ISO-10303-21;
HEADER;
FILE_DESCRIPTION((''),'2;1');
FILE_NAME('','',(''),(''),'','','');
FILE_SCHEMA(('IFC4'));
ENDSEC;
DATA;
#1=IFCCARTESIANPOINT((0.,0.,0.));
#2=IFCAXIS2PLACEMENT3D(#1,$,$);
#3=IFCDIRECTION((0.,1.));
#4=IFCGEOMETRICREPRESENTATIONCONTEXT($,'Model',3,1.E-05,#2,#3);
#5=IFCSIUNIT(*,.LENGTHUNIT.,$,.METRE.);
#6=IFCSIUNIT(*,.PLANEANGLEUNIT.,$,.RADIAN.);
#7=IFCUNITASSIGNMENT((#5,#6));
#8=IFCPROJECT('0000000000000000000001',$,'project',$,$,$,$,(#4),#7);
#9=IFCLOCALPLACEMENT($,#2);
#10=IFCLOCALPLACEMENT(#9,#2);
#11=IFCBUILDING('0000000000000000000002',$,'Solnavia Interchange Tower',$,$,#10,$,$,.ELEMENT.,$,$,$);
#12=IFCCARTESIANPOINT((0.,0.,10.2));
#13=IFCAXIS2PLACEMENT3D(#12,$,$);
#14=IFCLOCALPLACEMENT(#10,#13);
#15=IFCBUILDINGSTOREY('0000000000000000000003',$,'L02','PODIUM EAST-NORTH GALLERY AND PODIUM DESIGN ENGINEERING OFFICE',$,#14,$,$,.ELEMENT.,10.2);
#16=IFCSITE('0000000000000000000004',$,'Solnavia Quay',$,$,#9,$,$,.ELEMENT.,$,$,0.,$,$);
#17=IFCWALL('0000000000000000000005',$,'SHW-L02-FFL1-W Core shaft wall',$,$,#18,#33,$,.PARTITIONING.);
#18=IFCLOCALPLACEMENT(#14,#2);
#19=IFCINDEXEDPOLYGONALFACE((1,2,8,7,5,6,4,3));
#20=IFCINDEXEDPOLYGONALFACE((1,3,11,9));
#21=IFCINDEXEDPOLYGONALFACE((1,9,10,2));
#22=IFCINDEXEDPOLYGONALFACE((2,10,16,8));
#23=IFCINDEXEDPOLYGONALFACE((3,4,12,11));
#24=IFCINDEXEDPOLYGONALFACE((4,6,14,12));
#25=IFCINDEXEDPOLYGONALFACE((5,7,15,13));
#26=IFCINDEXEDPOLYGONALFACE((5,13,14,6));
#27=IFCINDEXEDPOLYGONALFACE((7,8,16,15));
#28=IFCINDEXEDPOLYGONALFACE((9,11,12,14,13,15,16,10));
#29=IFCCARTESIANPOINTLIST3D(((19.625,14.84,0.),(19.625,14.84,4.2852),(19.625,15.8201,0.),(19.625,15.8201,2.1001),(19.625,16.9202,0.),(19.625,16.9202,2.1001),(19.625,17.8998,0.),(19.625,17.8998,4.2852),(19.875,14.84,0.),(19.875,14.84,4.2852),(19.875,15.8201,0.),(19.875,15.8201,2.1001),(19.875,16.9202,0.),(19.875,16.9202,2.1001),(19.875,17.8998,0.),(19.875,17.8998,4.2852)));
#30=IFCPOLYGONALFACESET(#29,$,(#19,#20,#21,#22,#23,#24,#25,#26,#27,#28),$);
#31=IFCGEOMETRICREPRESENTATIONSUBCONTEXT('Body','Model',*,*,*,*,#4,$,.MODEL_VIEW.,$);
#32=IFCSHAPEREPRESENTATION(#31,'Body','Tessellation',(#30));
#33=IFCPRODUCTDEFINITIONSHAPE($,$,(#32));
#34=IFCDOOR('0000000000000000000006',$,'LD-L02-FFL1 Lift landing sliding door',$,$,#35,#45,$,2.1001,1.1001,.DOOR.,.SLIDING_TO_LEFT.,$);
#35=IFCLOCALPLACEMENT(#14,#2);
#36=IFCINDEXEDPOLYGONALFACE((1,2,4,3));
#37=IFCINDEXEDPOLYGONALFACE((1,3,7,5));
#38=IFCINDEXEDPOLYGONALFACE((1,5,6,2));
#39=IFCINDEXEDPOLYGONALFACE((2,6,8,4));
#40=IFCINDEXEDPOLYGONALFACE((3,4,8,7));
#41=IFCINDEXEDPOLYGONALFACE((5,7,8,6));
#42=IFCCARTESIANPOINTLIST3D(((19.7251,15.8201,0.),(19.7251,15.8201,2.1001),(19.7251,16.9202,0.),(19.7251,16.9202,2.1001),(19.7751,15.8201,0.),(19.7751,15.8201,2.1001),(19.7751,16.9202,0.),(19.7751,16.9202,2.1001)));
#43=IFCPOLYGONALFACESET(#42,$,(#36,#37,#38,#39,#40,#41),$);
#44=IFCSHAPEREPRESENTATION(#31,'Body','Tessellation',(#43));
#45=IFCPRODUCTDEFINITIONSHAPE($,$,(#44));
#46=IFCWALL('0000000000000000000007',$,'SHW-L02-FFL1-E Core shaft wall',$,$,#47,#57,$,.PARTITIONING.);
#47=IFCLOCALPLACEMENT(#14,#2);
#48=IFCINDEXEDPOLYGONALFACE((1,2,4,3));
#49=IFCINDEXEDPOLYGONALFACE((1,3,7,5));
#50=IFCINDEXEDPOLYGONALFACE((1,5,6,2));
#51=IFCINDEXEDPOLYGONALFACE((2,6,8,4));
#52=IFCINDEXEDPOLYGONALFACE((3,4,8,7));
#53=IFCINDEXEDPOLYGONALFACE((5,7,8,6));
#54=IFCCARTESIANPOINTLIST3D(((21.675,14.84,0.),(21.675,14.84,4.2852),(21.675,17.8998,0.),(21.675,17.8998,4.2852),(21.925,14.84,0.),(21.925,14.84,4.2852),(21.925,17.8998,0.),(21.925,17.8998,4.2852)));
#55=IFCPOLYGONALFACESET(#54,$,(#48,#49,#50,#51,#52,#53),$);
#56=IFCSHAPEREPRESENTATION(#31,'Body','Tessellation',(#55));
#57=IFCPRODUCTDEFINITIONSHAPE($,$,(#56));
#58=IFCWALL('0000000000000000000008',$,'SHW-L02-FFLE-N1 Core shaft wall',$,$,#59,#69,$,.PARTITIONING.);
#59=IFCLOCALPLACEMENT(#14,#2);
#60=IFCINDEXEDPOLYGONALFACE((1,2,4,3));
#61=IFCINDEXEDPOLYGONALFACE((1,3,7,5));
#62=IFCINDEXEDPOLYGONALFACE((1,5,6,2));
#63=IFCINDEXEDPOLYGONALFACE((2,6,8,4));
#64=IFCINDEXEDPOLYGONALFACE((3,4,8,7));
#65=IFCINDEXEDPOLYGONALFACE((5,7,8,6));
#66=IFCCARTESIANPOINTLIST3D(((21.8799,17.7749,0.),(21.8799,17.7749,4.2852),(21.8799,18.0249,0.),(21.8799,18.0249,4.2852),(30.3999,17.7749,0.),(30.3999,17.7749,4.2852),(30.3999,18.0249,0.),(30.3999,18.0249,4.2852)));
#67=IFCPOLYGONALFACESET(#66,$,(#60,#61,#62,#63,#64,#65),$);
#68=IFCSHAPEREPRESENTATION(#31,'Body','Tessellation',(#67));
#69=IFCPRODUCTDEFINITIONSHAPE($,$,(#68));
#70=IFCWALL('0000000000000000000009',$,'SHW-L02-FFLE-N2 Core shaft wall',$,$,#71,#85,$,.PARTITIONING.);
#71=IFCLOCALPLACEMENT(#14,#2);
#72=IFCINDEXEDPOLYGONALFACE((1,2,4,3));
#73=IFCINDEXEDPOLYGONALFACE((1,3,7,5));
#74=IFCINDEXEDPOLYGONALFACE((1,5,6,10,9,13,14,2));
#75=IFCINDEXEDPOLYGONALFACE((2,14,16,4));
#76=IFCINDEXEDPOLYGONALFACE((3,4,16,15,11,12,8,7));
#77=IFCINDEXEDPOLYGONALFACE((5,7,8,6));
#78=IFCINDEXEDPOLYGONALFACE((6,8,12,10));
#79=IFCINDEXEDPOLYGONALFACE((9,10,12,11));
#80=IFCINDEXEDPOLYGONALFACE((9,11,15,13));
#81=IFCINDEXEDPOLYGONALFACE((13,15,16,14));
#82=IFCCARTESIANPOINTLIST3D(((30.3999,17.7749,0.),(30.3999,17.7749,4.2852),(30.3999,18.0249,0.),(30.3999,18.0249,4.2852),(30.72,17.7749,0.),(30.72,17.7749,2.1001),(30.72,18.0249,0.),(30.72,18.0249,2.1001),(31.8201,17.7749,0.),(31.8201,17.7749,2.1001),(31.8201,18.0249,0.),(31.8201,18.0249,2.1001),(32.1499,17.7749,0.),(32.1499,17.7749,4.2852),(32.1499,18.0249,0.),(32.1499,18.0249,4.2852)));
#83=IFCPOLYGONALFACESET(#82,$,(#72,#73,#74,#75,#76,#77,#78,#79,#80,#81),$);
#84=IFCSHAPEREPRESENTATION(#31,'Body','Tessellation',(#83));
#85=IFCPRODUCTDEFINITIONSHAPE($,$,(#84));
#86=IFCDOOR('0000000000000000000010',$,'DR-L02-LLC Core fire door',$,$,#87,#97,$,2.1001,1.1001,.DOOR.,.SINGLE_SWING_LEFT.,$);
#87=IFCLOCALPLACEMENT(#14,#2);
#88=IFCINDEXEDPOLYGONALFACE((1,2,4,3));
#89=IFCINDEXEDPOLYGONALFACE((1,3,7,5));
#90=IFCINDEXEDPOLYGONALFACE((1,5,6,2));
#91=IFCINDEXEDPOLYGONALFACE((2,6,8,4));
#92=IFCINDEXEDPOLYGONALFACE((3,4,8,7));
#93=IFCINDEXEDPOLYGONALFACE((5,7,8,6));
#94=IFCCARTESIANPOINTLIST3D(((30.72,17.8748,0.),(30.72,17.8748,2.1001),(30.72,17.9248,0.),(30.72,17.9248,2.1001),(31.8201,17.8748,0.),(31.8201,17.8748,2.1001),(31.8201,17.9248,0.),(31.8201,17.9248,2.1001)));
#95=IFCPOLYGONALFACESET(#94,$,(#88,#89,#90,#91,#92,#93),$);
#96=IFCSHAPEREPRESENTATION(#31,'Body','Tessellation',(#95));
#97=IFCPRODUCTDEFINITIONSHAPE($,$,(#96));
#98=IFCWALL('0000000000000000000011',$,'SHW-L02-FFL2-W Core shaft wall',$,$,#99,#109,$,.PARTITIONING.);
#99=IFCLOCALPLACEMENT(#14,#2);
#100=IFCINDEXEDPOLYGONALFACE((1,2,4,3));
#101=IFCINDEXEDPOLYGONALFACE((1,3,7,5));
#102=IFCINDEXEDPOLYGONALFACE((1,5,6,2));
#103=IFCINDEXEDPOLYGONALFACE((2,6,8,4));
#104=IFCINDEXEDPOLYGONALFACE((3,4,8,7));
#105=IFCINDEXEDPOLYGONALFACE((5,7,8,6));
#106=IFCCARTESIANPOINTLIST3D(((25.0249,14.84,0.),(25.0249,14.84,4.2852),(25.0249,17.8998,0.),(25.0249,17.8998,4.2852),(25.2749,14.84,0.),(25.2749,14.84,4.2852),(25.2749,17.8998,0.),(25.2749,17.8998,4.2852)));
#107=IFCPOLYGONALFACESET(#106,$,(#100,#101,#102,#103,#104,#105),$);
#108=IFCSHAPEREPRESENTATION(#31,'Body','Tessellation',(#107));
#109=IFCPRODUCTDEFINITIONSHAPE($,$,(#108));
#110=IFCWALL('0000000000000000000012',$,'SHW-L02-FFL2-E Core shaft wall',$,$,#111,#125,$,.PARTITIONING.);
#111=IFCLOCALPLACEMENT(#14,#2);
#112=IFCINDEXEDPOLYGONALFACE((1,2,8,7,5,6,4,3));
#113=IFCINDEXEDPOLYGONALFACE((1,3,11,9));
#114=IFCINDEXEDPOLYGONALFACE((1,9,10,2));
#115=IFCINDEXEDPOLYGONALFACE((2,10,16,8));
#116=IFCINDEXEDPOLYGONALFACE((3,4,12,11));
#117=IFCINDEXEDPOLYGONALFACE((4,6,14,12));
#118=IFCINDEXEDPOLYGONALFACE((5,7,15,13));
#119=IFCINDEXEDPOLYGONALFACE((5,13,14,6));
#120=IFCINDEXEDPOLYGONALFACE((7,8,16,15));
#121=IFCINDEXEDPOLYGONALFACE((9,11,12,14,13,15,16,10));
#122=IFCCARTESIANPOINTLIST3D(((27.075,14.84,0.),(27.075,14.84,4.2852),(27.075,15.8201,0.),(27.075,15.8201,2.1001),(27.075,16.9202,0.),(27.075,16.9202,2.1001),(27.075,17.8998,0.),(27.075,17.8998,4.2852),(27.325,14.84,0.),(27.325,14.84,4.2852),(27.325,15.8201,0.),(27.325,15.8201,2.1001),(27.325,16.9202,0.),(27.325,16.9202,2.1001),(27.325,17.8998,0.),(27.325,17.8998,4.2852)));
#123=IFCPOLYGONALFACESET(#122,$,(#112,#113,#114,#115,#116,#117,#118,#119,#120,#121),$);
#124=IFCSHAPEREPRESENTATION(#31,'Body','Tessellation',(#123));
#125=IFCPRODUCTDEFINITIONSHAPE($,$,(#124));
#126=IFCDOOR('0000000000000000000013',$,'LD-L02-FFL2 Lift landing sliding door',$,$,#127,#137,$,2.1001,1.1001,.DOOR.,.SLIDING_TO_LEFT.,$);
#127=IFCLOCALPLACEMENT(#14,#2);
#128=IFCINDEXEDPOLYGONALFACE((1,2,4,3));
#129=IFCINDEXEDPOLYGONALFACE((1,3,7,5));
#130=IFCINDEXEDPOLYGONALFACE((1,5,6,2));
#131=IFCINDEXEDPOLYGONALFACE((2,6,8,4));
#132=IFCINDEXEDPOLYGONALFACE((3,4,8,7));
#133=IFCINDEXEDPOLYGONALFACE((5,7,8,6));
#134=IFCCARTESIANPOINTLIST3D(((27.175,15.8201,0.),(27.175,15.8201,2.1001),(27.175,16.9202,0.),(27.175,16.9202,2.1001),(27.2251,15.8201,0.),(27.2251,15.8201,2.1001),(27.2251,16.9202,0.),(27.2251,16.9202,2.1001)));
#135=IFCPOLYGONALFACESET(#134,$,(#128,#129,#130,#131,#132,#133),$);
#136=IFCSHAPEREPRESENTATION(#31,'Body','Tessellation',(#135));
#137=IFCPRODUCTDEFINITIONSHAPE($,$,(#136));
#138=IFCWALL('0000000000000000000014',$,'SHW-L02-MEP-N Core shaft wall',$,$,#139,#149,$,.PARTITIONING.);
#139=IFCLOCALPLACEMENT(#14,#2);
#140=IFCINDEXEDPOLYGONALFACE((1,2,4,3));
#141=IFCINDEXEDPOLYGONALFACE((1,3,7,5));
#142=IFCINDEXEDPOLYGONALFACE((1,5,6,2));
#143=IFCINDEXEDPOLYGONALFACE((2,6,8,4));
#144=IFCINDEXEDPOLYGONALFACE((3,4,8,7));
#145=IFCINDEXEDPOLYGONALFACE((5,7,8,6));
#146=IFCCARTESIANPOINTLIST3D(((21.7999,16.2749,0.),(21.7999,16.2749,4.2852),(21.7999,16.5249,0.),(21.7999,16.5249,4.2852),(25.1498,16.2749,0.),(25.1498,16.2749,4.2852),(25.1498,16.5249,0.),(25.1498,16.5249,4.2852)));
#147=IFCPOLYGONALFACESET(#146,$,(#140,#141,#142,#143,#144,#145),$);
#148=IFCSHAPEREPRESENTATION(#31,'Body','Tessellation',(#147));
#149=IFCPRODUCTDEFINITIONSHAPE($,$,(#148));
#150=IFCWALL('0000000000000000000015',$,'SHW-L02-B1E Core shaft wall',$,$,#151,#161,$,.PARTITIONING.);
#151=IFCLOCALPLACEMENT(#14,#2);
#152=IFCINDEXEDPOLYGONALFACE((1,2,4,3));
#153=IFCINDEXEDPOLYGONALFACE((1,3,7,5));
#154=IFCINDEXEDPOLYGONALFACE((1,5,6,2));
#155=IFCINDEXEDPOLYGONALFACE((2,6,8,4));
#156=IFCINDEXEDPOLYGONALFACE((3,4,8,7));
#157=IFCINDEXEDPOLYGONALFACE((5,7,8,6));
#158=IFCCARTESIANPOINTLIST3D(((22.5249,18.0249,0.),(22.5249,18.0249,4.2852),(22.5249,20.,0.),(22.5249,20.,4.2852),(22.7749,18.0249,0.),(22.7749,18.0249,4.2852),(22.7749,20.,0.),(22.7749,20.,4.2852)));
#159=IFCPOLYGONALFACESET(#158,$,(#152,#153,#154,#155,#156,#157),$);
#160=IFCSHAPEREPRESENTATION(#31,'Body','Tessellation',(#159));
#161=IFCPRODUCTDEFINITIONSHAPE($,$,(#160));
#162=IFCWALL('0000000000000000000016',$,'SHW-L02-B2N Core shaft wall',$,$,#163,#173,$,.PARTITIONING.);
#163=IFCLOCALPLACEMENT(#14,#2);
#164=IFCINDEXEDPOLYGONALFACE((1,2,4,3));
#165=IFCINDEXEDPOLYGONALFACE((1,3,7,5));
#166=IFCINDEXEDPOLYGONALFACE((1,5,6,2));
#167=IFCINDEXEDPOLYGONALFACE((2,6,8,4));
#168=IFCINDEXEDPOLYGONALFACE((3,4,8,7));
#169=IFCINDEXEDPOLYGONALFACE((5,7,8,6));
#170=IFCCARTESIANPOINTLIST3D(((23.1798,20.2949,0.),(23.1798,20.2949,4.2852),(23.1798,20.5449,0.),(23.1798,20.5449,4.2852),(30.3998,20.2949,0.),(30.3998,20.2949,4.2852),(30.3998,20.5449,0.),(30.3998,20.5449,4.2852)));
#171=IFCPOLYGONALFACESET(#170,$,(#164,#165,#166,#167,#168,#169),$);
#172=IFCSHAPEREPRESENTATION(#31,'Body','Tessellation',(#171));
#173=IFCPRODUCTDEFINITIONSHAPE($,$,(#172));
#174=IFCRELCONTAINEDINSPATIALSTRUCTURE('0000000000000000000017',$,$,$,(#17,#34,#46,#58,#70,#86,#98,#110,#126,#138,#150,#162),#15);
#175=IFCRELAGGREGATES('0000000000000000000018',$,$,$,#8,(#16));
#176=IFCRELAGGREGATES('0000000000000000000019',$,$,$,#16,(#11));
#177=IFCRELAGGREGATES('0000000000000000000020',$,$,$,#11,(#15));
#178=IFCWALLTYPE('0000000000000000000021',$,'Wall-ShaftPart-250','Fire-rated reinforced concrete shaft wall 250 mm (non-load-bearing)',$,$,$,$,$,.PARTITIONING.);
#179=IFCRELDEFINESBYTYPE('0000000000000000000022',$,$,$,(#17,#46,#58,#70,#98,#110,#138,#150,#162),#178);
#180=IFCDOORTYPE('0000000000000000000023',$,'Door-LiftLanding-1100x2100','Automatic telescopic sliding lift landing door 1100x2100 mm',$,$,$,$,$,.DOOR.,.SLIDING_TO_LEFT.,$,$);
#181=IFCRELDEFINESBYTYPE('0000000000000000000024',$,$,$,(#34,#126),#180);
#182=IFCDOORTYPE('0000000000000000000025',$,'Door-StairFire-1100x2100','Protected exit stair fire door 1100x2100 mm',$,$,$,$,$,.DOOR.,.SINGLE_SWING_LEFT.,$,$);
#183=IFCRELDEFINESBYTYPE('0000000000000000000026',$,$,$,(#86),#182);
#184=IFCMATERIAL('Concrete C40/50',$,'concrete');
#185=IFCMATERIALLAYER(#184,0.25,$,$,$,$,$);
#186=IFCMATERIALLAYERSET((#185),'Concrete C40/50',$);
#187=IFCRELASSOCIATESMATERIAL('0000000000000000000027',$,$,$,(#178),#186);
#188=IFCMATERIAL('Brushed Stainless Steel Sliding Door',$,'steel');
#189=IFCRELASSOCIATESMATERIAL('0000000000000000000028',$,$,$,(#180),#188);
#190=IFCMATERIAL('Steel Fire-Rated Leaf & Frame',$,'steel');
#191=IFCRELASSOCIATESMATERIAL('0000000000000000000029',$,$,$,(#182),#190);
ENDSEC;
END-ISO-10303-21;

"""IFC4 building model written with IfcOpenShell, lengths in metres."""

from ifc_helpers import new_model, si_unit, direction, frame, frame_2d, origin, place, context, subcontext, project, spatial, rectangle, extrude, material, layer, layer_set, type_object, element, fill, save


model = new_model("IFC4")

# Units and contexts
model_context = context("Model", 3, precision=1e-05, world=origin(), true_north=direction((0.0, 1.0)))
body_context = subcontext(model_context, "Body", "Model", "MODEL_VIEW")
ifc_project = project(units=[si_unit("LENGTHUNIT", "METRE"), si_unit("PLANEANGLEUNIT", "RADIAN")], contexts=[model_context])

# Site, building, storey
site_placement = place(None, origin())
site = spatial("IfcSite", under=ifc_project, at=site_placement, Name="Solnavia Quay", CompositionType="ELEMENT", RefElevation=0.0)
building_placement = place(site_placement, origin())
building = spatial("IfcBuilding", under=site, at=building_placement, Name="Solnavia Interchange Tower", CompositionType="ELEMENT")
storey_placement = place(building_placement, frame((0.0, 0.0, 10.2)))
storey = spatial("IfcBuildingStorey", under=building, at=storey_placement, Name="L02", Description="PODIUM EAST-NORTH GALLERY AND PODIUM DESIGN ENGINEERING OFFICE", CompositionType="ELEMENT", Elevation=10.2)

# Shared definitions
ifc_material_1 = material(Name="Concrete C40/50", Category="concrete")

# Wall, opening, door
ifc_layer_1 = layer(ifc_material_1, 0.25)
ifc_layer_set_1 = layer_set([ifc_layer_1], Name="Concrete C40/50")
wall_type_1 = type_object("IfcWallType", Name="Wall-ShaftPart-250", Description="Fire-rated reinforced concrete shaft wall 250 mm (non-load-bearing)", PredefinedType="PARTITIONING", material=ifc_layer_set_1)
wall_1_placement = place(storey_placement, frame((19.75, 14.8401, 0.0), z_axis=(0.0, 0.0, 1.0), x_axis=(0.0, 1.0, 0.0)))
wall_1 = element("IfcWall", 1, at=wall_1_placement, inside=storey, type_object=wall_type_1, Name="SHW-L02-FFL1-W Core shaft wall", PredefinedType="PARTITIONING", context=body_context, shape_type="SweptSolid", body=[
    extrude(rectangle(XDim=3.0598, YDim=0.25, at=frame_2d((1.5298, 0.0))), origin(), (0.0, 0.0, 1.0), 4.2852),
])
opening_1_placement = place(wall_1_placement, frame((0.98, 0.0, 0.0)))
opening_1 = element("IfcOpeningElement", 2, at=opening_1_placement, cuts=wall_1, PredefinedType="OPENING", context=body_context, shape_type="SweptSolid", body=[
    extrude(rectangle(XDim=1.1001, YDim=2.1001, at=frame_2d((0.55, 1.05))), frame((0.0, 0.135, 0.0), z_axis=(0.0, -1.0, 0.0), x_axis=(1.0, 0.0, 0.0)), (0.0, 0.0, 1.0), 0.27),
])
ifc_material_2 = material(Name="Brushed Stainless Steel Sliding Door", Category="steel")
door_type_1 = type_object("IfcDoorType", Name="Door-LiftLanding-1100x2100", Description="Automatic telescopic sliding lift landing door 1100x2100 mm", OperationType="SLIDING_TO_LEFT", PredefinedType="DOOR", material=ifc_material_2)
door_1_placement = place(opening_1_placement, origin())
door_1 = element("IfcDoor", 3, at=door_1_placement, inside=storey, type_object=door_type_1, Name="LD-L02-FFL1 Lift landing sliding door", OperationType="SLIDING_TO_LEFT", OverallHeight=2.1001, OverallWidth=1.1001, PredefinedType="DOOR", context=body_context, shape_type="SweptSolid", body=[
    extrude(rectangle(XDim=1.1001, YDim=2.1001, at=frame_2d((0.55, 1.05))), frame((0.0, 0.0249, 0.0), z_axis=(0.0, -1.0, 0.0), x_axis=(1.0, 0.0, 0.0)), (0.0, 0.0, 1.0), 0.05),
])
fill(opening_1, door_1)

# Walls
wall_2_placement = place(storey_placement, frame((21.8, 14.8401, 0.0), z_axis=(0.0, 0.0, 1.0), x_axis=(0.0, 1.0, 0.0)))
element("IfcWall", 4, at=wall_2_placement, inside=storey, type_object=wall_type_1, Name="SHW-L02-FFL1-E Core shaft wall", PredefinedType="PARTITIONING", context=body_context, shape_type="SweptSolid", body=[
    extrude(rectangle(XDim=3.0598, YDim=0.25, at=frame_2d((1.5298, 0.0))), origin(), (0.0, 0.0, 1.0), 4.2852),
])
wall_3_placement = place(storey_placement, frame((21.8799, 17.8999, 0.0), z_axis=(0.0, 0.0, 1.0), x_axis=(1.0, 0.0, 0.0)))
element("IfcWall", 5, at=wall_3_placement, inside=storey, type_object=wall_type_1, Name="SHW-L02-FFLE-N1 Core shaft wall", PredefinedType="PARTITIONING", context=body_context, shape_type="SweptSolid", body=[
    extrude(rectangle(XDim=8.52, YDim=0.25, at=frame_2d((4.26, 0.0))), origin(), (0.0, 0.0, 1.0), 4.2852),
])

# Wall, opening, door
wall_4_placement = place(storey_placement, frame((30.3999, 17.8999, 0.0), z_axis=(0.0, 0.0, 1.0), x_axis=(1.0, 0.0, 0.0)))
wall_4 = element("IfcWall", 6, at=wall_4_placement, inside=storey, type_object=wall_type_1, Name="SHW-L02-FFLE-N2 Core shaft wall", PredefinedType="PARTITIONING", context=body_context, shape_type="SweptSolid", body=[
    extrude(rectangle(XDim=1.75, YDim=0.25, at=frame_2d((0.875, 0.0))), origin(), (0.0, 0.0, 1.0), 4.2852),
])
opening_2_placement = place(wall_4_placement, frame((0.3201, 0.0, 0.0)))
opening_2 = element("IfcOpeningElement", 7, at=opening_2_placement, cuts=wall_4, PredefinedType="OPENING", context=body_context, shape_type="SweptSolid", body=[
    extrude(rectangle(XDim=1.1001, YDim=2.1001, at=frame_2d((0.55, 1.05))), frame((0.0, 0.135, 0.0), z_axis=(0.0, -1.0, 0.0), x_axis=(1.0, 0.0, 0.0)), (0.0, 0.0, 1.0), 0.27),
])
ifc_material_3 = material(Name="Steel Fire-Rated Leaf & Frame", Category="steel")
door_type_2 = type_object("IfcDoorType", Name="Door-StairFire-1100x2100", Description="Protected exit stair fire door 1100x2100 mm", OperationType="SINGLE_SWING_LEFT", PredefinedType="DOOR", material=ifc_material_3)
door_2_placement = place(opening_2_placement, origin())
door_2 = element("IfcDoor", 8, at=door_2_placement, inside=storey, type_object=door_type_2, Name="DR-L02-LLC Core fire door", OperationType="SINGLE_SWING_LEFT", OverallHeight=2.1001, OverallWidth=1.1001, PredefinedType="DOOR", context=body_context, shape_type="SweptSolid", body=[
    extrude(rectangle(XDim=1.1001, YDim=2.1001, at=frame_2d((0.55, 1.05))), frame((0.0, 0.0249, 0.0), z_axis=(0.0, -1.0, 0.0), x_axis=(1.0, 0.0, 0.0)), (0.0, 0.0, 1.0), 0.05),
])
fill(opening_2, door_2)

# Wall
wall_5_placement = place(storey_placement, frame((25.1499, 14.8401, 0.0), z_axis=(0.0, 0.0, 1.0), x_axis=(0.0, 1.0, 0.0)))
element("IfcWall", 9, at=wall_5_placement, inside=storey, type_object=wall_type_1, Name="SHW-L02-FFL2-W Core shaft wall", PredefinedType="PARTITIONING", context=body_context, shape_type="SweptSolid", body=[
    extrude(rectangle(XDim=3.0598, YDim=0.25, at=frame_2d((1.5298, 0.0))), origin(), (0.0, 0.0, 1.0), 4.2852),
])

# Wall, opening, door
wall_6_placement = place(storey_placement, frame((27.2, 14.8401, 0.0), z_axis=(0.0, 0.0, 1.0), x_axis=(0.0, 1.0, 0.0)))
wall_6 = element("IfcWall", 10, at=wall_6_placement, inside=storey, type_object=wall_type_1, Name="SHW-L02-FFL2-E Core shaft wall", PredefinedType="PARTITIONING", context=body_context, shape_type="SweptSolid", body=[
    extrude(rectangle(XDim=3.0598, YDim=0.25, at=frame_2d((1.5298, 0.0))), origin(), (0.0, 0.0, 1.0), 4.2852),
])
opening_3_placement = place(wall_6_placement, frame((0.98, 0.0, 0.0)))
opening_3 = element("IfcOpeningElement", 11, at=opening_3_placement, cuts=wall_6, PredefinedType="OPENING", context=body_context, shape_type="SweptSolid", body=[
    extrude(rectangle(XDim=1.1001, YDim=2.1001, at=frame_2d((0.55, 1.05))), frame((0.0, 0.135, 0.0), z_axis=(0.0, -1.0, 0.0), x_axis=(1.0, 0.0, 0.0)), (0.0, 0.0, 1.0), 0.27),
])
door_3_placement = place(opening_3_placement, origin())
door_3 = element("IfcDoor", 12, at=door_3_placement, inside=storey, type_object=door_type_1, Name="LD-L02-FFL2 Lift landing sliding door", OperationType="SLIDING_TO_LEFT", OverallHeight=2.1001, OverallWidth=1.1001, PredefinedType="DOOR", context=body_context, shape_type="SweptSolid", body=[
    extrude(rectangle(XDim=1.1001, YDim=2.1001, at=frame_2d((0.55, 1.05))), frame((0.0, 0.0249, 0.0), z_axis=(0.0, -1.0, 0.0), x_axis=(1.0, 0.0, 0.0)), (0.0, 0.0, 1.0), 0.05),
])
fill(opening_3, door_3)

# Walls
wall_7_placement = place(storey_placement, frame((21.8, 16.3999, 0.0), z_axis=(0.0, 0.0, 1.0), x_axis=(1.0, 0.0, 0.0)))
element("IfcWall", 13, at=wall_7_placement, inside=storey, type_object=wall_type_1, Name="SHW-L02-MEP-N Core shaft wall", PredefinedType="PARTITIONING", context=body_context, shape_type="SweptSolid", body=[
    extrude(rectangle(XDim=3.3499, YDim=0.25, at=frame_2d((1.6748, 0.0))), origin(), (0.0, 0.0, 1.0), 4.2852),
])
wall_8_placement = place(storey_placement, frame((22.6499, 18.0249, 0.0), z_axis=(0.0, 0.0, 1.0), x_axis=(0.0, 1.0, 0.0)))
element("IfcWall", 14, at=wall_8_placement, inside=storey, type_object=wall_type_1, Name="SHW-L02-B1E Core shaft wall", PredefinedType="PARTITIONING", context=body_context, shape_type="SweptSolid", body=[
    extrude(rectangle(XDim=1.9751, YDim=0.25, at=frame_2d((0.9875, 0.0))), origin(), (0.0, 0.0, 1.0), 4.2852),
])
wall_9_placement = place(storey_placement, frame((23.1799, 20.4199, 0.0), z_axis=(0.0, 0.0, 1.0), x_axis=(1.0, 0.0, 0.0)))
element("IfcWall", 15, at=wall_9_placement, inside=storey, type_object=wall_type_1, Name="SHW-L02-B2N Core shaft wall", PredefinedType="PARTITIONING", context=body_context, shape_type="SweptSolid", body=[
    extrude(rectangle(XDim=7.22, YDim=0.25, at=frame_2d((3.6099, 0.0))), origin(), (0.0, 0.0, 1.0), 4.2852),
])

save(model, "model.ifc")
